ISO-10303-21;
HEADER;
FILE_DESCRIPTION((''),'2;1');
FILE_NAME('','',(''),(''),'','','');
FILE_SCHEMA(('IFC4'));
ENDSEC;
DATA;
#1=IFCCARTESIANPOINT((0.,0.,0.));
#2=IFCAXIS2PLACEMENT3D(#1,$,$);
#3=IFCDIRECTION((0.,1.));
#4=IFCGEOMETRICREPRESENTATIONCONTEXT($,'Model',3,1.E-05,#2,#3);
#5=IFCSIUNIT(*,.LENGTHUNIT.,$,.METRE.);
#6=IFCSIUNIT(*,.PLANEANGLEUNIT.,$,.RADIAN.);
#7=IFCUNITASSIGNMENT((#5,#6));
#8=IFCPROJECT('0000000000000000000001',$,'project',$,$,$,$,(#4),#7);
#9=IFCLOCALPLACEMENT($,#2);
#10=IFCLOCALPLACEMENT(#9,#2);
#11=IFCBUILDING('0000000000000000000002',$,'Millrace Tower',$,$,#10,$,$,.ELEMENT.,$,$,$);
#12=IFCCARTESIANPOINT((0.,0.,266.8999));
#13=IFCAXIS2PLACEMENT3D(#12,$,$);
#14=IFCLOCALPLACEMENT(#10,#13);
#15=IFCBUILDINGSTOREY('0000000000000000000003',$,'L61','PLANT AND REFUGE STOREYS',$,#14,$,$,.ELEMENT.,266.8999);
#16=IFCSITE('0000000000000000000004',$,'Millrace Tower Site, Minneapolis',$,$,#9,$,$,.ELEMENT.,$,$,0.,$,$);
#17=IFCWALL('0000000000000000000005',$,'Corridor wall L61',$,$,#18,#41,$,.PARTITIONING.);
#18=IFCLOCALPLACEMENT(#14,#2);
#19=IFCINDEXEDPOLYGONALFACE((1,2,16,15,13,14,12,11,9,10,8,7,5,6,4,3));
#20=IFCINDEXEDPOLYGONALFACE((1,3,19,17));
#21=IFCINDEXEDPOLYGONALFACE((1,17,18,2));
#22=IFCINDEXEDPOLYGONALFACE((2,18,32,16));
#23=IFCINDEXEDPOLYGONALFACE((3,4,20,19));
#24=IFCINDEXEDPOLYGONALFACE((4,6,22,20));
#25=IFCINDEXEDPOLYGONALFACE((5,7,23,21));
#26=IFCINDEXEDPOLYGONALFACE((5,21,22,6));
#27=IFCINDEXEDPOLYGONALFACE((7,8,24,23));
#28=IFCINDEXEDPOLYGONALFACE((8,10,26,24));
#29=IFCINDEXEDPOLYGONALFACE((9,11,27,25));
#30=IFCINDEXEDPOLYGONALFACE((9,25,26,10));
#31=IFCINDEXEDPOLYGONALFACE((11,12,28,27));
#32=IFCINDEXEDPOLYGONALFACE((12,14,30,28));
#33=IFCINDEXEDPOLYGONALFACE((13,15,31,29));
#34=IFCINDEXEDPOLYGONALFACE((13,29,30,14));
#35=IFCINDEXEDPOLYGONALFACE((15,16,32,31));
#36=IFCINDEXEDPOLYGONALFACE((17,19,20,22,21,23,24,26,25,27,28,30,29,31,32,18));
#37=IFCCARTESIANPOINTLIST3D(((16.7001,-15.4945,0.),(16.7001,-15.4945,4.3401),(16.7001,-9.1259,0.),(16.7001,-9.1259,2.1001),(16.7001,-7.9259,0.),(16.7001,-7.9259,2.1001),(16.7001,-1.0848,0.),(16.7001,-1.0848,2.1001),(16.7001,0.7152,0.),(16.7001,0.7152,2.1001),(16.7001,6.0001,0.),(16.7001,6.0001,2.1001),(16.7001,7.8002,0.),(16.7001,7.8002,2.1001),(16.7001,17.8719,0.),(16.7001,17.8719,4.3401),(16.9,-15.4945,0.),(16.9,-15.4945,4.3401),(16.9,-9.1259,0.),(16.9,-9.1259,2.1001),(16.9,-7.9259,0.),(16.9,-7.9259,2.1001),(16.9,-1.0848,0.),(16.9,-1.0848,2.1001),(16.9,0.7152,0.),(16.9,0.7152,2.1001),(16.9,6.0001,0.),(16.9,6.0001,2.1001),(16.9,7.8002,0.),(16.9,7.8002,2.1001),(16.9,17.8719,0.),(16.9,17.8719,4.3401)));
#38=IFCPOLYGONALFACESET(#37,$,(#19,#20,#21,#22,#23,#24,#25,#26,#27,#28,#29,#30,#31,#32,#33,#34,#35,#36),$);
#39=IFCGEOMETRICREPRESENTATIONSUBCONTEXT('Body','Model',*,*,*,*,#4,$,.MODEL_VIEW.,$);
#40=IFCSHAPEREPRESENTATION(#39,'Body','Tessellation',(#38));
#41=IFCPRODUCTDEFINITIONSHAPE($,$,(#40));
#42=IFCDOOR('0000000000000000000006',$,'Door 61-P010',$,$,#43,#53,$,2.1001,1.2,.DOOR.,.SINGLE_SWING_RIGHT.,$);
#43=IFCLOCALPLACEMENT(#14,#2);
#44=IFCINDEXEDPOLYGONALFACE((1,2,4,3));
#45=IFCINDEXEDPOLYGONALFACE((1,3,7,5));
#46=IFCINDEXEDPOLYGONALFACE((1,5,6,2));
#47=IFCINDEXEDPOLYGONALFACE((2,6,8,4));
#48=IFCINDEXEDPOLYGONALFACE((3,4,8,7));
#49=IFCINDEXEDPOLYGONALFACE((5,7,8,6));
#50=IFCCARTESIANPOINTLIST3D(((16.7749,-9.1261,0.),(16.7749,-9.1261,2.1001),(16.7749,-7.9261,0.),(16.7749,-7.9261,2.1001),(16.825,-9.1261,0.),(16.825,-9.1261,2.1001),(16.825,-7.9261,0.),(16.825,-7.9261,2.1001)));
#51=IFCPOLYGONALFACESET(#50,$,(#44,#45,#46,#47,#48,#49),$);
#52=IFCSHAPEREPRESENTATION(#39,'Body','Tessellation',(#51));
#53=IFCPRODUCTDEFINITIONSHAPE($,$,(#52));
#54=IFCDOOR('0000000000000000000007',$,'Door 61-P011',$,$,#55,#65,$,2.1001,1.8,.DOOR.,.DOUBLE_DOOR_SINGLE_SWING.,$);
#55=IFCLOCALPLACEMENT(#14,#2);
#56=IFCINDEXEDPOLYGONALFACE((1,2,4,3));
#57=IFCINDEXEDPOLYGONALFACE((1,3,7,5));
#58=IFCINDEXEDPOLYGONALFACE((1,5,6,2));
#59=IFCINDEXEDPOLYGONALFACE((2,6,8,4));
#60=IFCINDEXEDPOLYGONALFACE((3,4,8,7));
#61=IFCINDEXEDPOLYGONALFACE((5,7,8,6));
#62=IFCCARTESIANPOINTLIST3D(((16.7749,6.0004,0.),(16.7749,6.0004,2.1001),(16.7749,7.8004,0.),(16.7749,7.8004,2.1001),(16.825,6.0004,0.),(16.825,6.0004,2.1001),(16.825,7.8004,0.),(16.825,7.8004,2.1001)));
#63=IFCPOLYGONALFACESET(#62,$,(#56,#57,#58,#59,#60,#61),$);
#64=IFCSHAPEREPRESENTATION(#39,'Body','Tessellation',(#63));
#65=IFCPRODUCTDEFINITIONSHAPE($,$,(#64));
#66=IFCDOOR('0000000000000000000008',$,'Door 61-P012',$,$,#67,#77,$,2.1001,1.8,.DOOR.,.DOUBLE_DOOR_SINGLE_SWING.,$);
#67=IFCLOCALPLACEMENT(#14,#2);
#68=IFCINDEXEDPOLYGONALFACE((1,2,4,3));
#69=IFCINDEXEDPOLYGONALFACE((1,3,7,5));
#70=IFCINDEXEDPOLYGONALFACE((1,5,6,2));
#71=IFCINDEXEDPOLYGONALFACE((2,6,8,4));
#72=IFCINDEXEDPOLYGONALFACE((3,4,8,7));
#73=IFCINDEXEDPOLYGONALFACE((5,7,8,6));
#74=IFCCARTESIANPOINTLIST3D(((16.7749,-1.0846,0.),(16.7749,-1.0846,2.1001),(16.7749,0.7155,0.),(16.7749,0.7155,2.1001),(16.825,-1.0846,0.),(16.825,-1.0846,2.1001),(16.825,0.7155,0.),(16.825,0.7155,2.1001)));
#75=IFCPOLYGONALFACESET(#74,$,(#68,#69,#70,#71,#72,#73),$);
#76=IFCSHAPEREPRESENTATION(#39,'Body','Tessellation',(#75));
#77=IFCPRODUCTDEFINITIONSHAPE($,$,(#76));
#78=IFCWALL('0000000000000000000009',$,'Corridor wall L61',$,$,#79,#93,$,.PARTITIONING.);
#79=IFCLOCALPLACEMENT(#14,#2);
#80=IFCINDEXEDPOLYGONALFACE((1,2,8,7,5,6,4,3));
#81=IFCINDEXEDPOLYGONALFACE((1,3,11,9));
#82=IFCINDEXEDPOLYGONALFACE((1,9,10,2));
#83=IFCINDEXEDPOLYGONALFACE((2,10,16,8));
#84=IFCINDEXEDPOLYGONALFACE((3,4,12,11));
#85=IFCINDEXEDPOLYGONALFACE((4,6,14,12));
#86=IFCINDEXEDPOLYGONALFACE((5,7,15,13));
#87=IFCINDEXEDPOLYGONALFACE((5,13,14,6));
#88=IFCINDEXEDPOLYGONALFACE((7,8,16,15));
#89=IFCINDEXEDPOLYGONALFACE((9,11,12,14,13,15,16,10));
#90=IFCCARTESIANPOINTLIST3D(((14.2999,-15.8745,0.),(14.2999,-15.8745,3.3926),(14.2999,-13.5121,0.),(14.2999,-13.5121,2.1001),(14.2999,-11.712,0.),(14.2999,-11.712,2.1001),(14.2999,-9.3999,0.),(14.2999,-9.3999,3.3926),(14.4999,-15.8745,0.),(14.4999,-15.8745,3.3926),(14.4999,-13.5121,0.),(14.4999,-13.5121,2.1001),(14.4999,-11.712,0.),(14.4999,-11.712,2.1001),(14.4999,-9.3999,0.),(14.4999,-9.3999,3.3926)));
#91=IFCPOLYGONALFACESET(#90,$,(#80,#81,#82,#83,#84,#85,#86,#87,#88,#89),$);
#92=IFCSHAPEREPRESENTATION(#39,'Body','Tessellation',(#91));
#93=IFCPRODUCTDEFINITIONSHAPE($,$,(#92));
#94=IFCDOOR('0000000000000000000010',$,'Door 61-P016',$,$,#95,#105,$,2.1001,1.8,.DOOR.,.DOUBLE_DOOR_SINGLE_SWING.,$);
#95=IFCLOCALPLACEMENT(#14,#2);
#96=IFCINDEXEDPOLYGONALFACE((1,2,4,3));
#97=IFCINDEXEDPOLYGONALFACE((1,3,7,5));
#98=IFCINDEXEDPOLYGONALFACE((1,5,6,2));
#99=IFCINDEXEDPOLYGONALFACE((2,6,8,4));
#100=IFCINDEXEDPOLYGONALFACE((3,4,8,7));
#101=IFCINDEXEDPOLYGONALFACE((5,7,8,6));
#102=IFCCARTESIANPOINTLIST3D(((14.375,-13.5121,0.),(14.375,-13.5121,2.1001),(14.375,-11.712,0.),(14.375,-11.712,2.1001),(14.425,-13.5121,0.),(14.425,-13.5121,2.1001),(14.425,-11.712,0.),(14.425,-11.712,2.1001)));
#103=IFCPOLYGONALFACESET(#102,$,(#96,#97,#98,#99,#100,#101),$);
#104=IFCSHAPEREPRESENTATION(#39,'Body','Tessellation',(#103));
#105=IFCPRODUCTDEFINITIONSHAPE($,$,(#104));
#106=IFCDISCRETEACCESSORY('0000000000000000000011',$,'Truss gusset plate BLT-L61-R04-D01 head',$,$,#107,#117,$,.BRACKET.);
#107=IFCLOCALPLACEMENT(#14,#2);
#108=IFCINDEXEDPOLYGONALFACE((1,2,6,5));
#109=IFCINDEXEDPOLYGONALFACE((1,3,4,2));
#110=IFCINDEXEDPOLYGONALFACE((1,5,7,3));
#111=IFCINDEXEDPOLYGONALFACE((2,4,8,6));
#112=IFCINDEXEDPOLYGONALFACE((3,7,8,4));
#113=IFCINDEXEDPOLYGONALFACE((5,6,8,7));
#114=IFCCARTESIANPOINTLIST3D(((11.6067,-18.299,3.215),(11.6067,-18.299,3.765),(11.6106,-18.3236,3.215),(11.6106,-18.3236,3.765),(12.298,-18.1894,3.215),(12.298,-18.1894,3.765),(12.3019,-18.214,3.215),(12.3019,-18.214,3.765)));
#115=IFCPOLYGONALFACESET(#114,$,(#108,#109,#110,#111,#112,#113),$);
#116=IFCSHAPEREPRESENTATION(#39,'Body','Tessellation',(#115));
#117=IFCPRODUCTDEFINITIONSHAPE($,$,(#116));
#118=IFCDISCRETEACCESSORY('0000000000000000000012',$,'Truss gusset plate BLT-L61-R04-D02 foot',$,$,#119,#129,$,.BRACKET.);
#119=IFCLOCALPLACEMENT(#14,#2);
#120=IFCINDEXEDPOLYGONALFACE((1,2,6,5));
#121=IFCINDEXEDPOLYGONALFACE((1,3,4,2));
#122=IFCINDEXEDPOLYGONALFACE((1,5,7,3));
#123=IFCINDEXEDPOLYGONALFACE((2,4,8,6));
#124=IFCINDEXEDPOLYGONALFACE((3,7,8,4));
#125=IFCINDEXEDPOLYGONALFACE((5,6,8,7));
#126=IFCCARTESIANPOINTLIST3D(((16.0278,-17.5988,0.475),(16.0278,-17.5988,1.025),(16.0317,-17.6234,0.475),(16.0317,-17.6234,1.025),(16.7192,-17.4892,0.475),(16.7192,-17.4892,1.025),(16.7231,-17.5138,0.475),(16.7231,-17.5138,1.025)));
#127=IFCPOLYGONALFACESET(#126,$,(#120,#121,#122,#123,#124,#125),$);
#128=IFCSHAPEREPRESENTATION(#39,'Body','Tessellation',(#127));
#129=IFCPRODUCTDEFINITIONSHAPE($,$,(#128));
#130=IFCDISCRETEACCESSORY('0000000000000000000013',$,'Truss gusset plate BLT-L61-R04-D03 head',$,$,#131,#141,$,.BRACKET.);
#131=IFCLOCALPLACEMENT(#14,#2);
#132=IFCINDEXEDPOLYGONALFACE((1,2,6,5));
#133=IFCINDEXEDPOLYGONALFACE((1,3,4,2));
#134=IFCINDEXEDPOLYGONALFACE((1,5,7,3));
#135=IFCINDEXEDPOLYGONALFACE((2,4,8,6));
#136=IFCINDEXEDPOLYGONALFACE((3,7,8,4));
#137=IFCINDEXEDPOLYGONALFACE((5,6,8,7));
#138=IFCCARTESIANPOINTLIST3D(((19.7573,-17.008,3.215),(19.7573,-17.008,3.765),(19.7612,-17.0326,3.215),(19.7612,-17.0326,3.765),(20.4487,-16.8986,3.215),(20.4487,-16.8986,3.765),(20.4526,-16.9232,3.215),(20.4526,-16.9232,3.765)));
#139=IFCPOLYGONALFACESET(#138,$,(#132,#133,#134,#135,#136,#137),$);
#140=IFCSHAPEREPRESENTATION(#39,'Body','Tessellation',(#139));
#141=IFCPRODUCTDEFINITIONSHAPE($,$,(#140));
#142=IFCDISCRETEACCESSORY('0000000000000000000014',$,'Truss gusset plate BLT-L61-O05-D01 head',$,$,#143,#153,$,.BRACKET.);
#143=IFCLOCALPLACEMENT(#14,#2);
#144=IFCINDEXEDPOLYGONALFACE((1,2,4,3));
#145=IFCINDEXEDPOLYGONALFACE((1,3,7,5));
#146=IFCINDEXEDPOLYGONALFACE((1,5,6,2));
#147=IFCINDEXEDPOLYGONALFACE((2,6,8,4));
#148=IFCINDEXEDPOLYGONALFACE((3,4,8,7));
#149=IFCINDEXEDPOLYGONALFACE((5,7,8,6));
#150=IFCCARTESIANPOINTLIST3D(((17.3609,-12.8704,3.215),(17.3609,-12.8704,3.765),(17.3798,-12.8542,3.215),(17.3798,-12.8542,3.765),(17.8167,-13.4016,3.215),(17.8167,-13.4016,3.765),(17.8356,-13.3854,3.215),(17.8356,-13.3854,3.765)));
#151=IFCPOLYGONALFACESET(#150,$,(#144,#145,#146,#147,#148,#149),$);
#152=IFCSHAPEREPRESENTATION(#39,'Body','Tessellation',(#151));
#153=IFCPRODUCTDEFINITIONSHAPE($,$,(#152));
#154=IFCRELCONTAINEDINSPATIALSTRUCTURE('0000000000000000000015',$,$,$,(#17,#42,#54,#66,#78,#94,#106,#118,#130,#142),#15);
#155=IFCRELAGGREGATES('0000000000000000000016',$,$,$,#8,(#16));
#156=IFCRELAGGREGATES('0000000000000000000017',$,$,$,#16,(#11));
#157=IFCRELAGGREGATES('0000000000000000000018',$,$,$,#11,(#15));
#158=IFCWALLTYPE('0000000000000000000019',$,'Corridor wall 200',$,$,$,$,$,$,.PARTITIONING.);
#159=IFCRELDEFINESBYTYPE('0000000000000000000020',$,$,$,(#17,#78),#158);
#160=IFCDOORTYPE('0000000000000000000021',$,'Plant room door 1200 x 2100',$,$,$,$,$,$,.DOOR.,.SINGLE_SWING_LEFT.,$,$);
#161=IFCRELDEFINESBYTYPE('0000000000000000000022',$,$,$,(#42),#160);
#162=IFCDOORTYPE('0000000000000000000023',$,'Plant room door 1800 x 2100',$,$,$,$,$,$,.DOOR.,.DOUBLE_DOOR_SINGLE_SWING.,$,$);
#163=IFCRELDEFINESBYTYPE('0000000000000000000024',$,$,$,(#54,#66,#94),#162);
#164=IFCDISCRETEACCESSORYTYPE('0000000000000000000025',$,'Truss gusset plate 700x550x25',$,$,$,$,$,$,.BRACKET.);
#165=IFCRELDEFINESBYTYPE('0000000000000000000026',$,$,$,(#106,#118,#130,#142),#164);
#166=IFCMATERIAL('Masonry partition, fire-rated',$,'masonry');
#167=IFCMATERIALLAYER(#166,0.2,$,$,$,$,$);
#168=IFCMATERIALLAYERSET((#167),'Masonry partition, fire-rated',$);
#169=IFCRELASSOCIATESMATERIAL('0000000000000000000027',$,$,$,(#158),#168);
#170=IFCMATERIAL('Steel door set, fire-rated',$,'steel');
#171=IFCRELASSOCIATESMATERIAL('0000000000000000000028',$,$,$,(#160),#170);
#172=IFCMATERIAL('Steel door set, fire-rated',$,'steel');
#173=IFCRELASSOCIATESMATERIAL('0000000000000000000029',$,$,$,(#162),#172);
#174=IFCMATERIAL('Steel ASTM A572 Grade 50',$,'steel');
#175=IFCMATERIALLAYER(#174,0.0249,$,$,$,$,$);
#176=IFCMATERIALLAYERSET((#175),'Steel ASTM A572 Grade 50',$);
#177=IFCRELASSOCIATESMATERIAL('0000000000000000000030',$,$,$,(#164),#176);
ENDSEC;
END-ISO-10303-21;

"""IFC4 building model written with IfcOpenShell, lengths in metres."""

from ifc_helpers import new_model, si_unit, direction, frame, frame_2d, origin, origin_2d, place, context, subcontext, project, spatial, rectangle, extrude, material, layer, layer_set, type_object, element, fill, save


model = new_model("IFC4")

# Units and contexts
model_context = context("Model", 3, precision=1e-05, world=origin(), true_north=direction((0.0, 1.0)))
body_context = subcontext(model_context, "Body", "Model", "MODEL_VIEW")
ifc_project = project(units=[si_unit("LENGTHUNIT", "METRE"), si_unit("PLANEANGLEUNIT", "RADIAN")], contexts=[model_context])

# Site, building, storey
site_placement = place(None, origin())
site = spatial("IfcSite", under=ifc_project, at=site_placement, Name="Millrace Tower Site, Minneapolis", CompositionType="ELEMENT", RefElevation=0.0)
building_placement = place(site_placement, origin())
building = spatial("IfcBuilding", under=site, at=building_placement, Name="Millrace Tower", CompositionType="ELEMENT")
storey_placement = place(building_placement, frame((0.0, 0.0, 266.8999)))
storey = spatial("IfcBuildingStorey", under=building, at=storey_placement, Name="L61", Description="PLANT AND REFUGE STOREYS", CompositionType="ELEMENT", Elevation=266.8999)

# Wall, openings, doors
ifc_material_1 = material(Name="Masonry partition, fire-rated", Category="masonry")
ifc_layer_1 = layer(ifc_material_1, 0.2)
ifc_layer_set_1 = layer_set([ifc_layer_1], Name="Masonry partition, fire-rated")
wall_type = type_object("IfcWallType", Name="Corridor wall 200", PredefinedType="PARTITIONING", material=ifc_layer_set_1)
wall_1_placement = place(storey_placement, frame((16.8, -15.4944, 0.0), z_axis=(0.0, 0.0, 1.0), x_axis=(0.0, 1.0, 0.0)))
wall_1 = element("IfcWall", 1, at=wall_1_placement, inside=storey, type_object=wall_type, Name="Corridor wall L61", PredefinedType="PARTITIONING", context=body_context, shape_type="SweptSolid", body=[
    extrude(rectangle(XDim=33.3665, YDim=0.2, at=frame_2d((16.6831, 0.0))), origin(), (0.0, 0.0, 1.0), 4.3401),
])
opening_1_placement = place(wall_1_placement, frame((6.3684, 0.0, 0.0)))
opening_1 = element("IfcOpeningElement", 2, at=opening_1_placement, cuts=wall_1, PredefinedType="OPENING", context=body_context, shape_type="SweptSolid", body=[
    extrude(rectangle(XDim=1.2, YDim=2.1001, at=frame_2d((0.6001, 1.05))), frame((0.0, 0.1099, 0.0), z_axis=(0.0, -1.0, 0.0), x_axis=(1.0, 0.0, 0.0)), (0.0, 0.0, 1.0), 0.22),
])
opening_2_placement = place(wall_1_placement, frame((21.4946, 0.0, 0.0)))
opening_2 = element("IfcOpeningElement", 3, at=opening_2_placement, cuts=wall_1, PredefinedType="OPENING", context=body_context, shape_type="SweptSolid", body=[
    extrude(rectangle(XDim=1.8, YDim=2.1001, at=frame_2d((0.8999, 1.05))), frame((0.0, 0.1099, 0.0), z_axis=(0.0, -1.0, 0.0), x_axis=(1.0, 0.0, 0.0)), (0.0, 0.0, 1.0), 0.22),
])
opening_3_placement = place(wall_1_placement, frame((14.4097, 0.0, 0.0)))
opening_3 = element("IfcOpeningElement", 4, at=opening_3_placement, cuts=wall_1, PredefinedType="OPENING", context=body_context, shape_type="SweptSolid", body=[
    extrude(rectangle(XDim=1.8, YDim=2.1001, at=frame_2d((0.8999, 1.05))), frame((0.0, 0.1099, 0.0), z_axis=(0.0, -1.0, 0.0), x_axis=(1.0, 0.0, 0.0)), (0.0, 0.0, 1.0), 0.22),
])
ifc_material_2 = material(Name="Steel door set, fire-rated", Category="steel")
door_type_1 = type_object("IfcDoorType", Name="Plant room door 1200 x 2100", OperationType="SINGLE_SWING_LEFT", PredefinedType="DOOR", material=ifc_material_2)
door_1_placement = place(opening_1_placement, frame((1.2, 0.0, 0.0), z_axis=(0.0, 0.0, 1.0), x_axis=(-1.0, 0.0, 0.0)))
door_1 = element("IfcDoor", 5, at=door_1_placement, inside=storey, type_object=door_type_1, Name="Door 61-P010", OperationType="SINGLE_SWING_RIGHT", OverallHeight=2.1001, OverallWidth=1.2, PredefinedType="DOOR", context=body_context, shape_type="SweptSolid", body=[
    extrude(rectangle(XDim=1.2, YDim=2.1001, at=frame_2d((0.6001, 1.05))), frame((0.0, 0.0249, 0.0), z_axis=(0.0, -1.0, 0.0), x_axis=(1.0, 0.0, 0.0)), (0.0, 0.0, 1.0), 0.05),
])
fill(opening_1, door_1)
ifc_material_3 = material(Name="Steel door set, fire-rated", Category="steel")
door_type_2 = type_object("IfcDoorType", Name="Plant room door 1800 x 2100", OperationType="DOUBLE_DOOR_SINGLE_SWING", PredefinedType="DOOR", material=ifc_material_3)
door_2_placement = place(opening_2_placement, frame((1.8, 0.0, 0.0), z_axis=(0.0, 0.0, 1.0), x_axis=(-1.0, 0.0, 0.0)))
door_2 = element("IfcDoor", 6, at=door_2_placement, inside=storey, type_object=door_type_2, Name="Door 61-P011", OperationType="DOUBLE_DOOR_SINGLE_SWING", OverallHeight=2.1001, OverallWidth=1.8, PredefinedType="DOOR", context=body_context, shape_type="SweptSolid", body=[
    extrude(rectangle(XDim=1.8, YDim=2.1001, at=frame_2d((0.8999, 1.05))), frame((0.0, 0.0249, 0.0), z_axis=(0.0, -1.0, 0.0), x_axis=(1.0, 0.0, 0.0)), (0.0, 0.0, 1.0), 0.05),
])
fill(opening_2, door_2)
door_3_placement = place(opening_3_placement, frame((1.8, 0.0, 0.0), z_axis=(0.0, 0.0, 1.0), x_axis=(-1.0, 0.0, 0.0)))
door_3 = element("IfcDoor", 7, at=door_3_placement, inside=storey, type_object=door_type_2, Name="Door 61-P012", OperationType="DOUBLE_DOOR_SINGLE_SWING", OverallHeight=2.1001, OverallWidth=1.8, PredefinedType="DOOR", context=body_context, shape_type="SweptSolid", body=[
    extrude(rectangle(XDim=1.8, YDim=2.1001, at=frame_2d((0.8999, 1.05))), frame((0.0, 0.0249, 0.0), z_axis=(0.0, -1.0, 0.0), x_axis=(1.0, 0.0, 0.0)), (0.0, 0.0, 1.0), 0.05),
])
fill(opening_3, door_3)

# Wall, opening, door
wall_2_placement = place(storey_placement, frame((14.3999, -15.8745, 0.0), z_axis=(0.0, 0.0, 1.0), x_axis=(0.0, 1.0, 0.0)))
wall_2 = element("IfcWall", 8, at=wall_2_placement, inside=storey, type_object=wall_type, Name="Corridor wall L61", PredefinedType="PARTITIONING", context=body_context, shape_type="SweptSolid", body=[
    extrude(rectangle(XDim=6.4746, YDim=0.2, at=frame_2d((3.2373, 0.0))), origin(), (0.0, 0.0, 1.0), 3.3926),
])
opening_4_placement = place(wall_2_placement, frame((2.3625, 0.0, 0.0)))
opening_4 = element("IfcOpeningElement", 9, at=opening_4_placement, cuts=wall_2, PredefinedType="OPENING", context=body_context, shape_type="SweptSolid", body=[
    extrude(rectangle(XDim=1.8, YDim=2.1001, at=frame_2d((0.8999, 1.05))), frame((0.0, 0.1099, 0.0), z_axis=(0.0, -1.0, 0.0), x_axis=(1.0, 0.0, 0.0)), (0.0, 0.0, 1.0), 0.22),
])
door_4_placement = place(opening_4_placement, origin())
door_4 = element("IfcDoor", 10, at=door_4_placement, inside=storey, type_object=door_type_2, Name="Door 61-P016", OperationType="DOUBLE_DOOR_SINGLE_SWING", OverallHeight=2.1001, OverallWidth=1.8, PredefinedType="DOOR", context=body_context, shape_type="SweptSolid", body=[
    extrude(rectangle(XDim=1.8, YDim=2.1001, at=frame_2d((0.8999, 1.05))), frame((0.0, 0.0249, 0.0), z_axis=(0.0, -1.0, 0.0), x_axis=(1.0, 0.0, 0.0)), (0.0, 0.0, 1.0), 0.05),
])
fill(opening_4, door_4)

# Discrete accessories
ifc_material_4 = material(Name="Steel ASTM A572 Grade 50", Category="steel")
ifc_layer_2 = layer(ifc_material_4, 0.0249)
ifc_layer_set_2 = layer_set([ifc_layer_2], Name="Steel ASTM A572 Grade 50")
discrete_accessory_type = type_object("IfcDiscreteAccessoryType", Name="Truss gusset plate 700x550x25", PredefinedType="BRACKET", material=ifc_layer_set_2)
for number, where, z_axis, x_axis, name in (
    (11, (11.6086, -18.3113, 3.49), (0.987664, 0.156589, 0.0), (-0.156589, 0.987664, 0.0), "Truss gusset plate BLT-L61-R04-D01 head"),
    (12, (16.0298, -17.6111, 0.75), (0.987664, 0.156589, 0.0), (-0.156589, 0.987664, 0.0), "Truss gusset plate BLT-L61-R04-D02 foot"),
    (13, (19.7593, -17.0203, 3.49), (0.987718, 0.156249, 0.0), (-0.156249, 0.987718, 0.0), "Truss gusset plate BLT-L61-R04-D03 head"),
    (14, (17.3704, -12.8623, 3.49), (0.651165, -0.758936, 0.0), (0.758936, 0.651165, 0.0), "Truss gusset plate BLT-L61-O05-D01 head"),
):
    element("IfcDiscreteAccessory", number, at=place(storey_placement, frame(where, z_axis=z_axis, x_axis=x_axis)), inside=storey, type_object=discrete_accessory_type, Name=name, PredefinedType="BRACKET", context=body_context, shape_type="SweptSolid", body=[
        extrude(rectangle(XDim=0.0249, YDim=0.55, at=origin_2d()), origin(), (0.0, 0.0, 1.0), 0.7),
    ])

save(model, "model.ifc")
